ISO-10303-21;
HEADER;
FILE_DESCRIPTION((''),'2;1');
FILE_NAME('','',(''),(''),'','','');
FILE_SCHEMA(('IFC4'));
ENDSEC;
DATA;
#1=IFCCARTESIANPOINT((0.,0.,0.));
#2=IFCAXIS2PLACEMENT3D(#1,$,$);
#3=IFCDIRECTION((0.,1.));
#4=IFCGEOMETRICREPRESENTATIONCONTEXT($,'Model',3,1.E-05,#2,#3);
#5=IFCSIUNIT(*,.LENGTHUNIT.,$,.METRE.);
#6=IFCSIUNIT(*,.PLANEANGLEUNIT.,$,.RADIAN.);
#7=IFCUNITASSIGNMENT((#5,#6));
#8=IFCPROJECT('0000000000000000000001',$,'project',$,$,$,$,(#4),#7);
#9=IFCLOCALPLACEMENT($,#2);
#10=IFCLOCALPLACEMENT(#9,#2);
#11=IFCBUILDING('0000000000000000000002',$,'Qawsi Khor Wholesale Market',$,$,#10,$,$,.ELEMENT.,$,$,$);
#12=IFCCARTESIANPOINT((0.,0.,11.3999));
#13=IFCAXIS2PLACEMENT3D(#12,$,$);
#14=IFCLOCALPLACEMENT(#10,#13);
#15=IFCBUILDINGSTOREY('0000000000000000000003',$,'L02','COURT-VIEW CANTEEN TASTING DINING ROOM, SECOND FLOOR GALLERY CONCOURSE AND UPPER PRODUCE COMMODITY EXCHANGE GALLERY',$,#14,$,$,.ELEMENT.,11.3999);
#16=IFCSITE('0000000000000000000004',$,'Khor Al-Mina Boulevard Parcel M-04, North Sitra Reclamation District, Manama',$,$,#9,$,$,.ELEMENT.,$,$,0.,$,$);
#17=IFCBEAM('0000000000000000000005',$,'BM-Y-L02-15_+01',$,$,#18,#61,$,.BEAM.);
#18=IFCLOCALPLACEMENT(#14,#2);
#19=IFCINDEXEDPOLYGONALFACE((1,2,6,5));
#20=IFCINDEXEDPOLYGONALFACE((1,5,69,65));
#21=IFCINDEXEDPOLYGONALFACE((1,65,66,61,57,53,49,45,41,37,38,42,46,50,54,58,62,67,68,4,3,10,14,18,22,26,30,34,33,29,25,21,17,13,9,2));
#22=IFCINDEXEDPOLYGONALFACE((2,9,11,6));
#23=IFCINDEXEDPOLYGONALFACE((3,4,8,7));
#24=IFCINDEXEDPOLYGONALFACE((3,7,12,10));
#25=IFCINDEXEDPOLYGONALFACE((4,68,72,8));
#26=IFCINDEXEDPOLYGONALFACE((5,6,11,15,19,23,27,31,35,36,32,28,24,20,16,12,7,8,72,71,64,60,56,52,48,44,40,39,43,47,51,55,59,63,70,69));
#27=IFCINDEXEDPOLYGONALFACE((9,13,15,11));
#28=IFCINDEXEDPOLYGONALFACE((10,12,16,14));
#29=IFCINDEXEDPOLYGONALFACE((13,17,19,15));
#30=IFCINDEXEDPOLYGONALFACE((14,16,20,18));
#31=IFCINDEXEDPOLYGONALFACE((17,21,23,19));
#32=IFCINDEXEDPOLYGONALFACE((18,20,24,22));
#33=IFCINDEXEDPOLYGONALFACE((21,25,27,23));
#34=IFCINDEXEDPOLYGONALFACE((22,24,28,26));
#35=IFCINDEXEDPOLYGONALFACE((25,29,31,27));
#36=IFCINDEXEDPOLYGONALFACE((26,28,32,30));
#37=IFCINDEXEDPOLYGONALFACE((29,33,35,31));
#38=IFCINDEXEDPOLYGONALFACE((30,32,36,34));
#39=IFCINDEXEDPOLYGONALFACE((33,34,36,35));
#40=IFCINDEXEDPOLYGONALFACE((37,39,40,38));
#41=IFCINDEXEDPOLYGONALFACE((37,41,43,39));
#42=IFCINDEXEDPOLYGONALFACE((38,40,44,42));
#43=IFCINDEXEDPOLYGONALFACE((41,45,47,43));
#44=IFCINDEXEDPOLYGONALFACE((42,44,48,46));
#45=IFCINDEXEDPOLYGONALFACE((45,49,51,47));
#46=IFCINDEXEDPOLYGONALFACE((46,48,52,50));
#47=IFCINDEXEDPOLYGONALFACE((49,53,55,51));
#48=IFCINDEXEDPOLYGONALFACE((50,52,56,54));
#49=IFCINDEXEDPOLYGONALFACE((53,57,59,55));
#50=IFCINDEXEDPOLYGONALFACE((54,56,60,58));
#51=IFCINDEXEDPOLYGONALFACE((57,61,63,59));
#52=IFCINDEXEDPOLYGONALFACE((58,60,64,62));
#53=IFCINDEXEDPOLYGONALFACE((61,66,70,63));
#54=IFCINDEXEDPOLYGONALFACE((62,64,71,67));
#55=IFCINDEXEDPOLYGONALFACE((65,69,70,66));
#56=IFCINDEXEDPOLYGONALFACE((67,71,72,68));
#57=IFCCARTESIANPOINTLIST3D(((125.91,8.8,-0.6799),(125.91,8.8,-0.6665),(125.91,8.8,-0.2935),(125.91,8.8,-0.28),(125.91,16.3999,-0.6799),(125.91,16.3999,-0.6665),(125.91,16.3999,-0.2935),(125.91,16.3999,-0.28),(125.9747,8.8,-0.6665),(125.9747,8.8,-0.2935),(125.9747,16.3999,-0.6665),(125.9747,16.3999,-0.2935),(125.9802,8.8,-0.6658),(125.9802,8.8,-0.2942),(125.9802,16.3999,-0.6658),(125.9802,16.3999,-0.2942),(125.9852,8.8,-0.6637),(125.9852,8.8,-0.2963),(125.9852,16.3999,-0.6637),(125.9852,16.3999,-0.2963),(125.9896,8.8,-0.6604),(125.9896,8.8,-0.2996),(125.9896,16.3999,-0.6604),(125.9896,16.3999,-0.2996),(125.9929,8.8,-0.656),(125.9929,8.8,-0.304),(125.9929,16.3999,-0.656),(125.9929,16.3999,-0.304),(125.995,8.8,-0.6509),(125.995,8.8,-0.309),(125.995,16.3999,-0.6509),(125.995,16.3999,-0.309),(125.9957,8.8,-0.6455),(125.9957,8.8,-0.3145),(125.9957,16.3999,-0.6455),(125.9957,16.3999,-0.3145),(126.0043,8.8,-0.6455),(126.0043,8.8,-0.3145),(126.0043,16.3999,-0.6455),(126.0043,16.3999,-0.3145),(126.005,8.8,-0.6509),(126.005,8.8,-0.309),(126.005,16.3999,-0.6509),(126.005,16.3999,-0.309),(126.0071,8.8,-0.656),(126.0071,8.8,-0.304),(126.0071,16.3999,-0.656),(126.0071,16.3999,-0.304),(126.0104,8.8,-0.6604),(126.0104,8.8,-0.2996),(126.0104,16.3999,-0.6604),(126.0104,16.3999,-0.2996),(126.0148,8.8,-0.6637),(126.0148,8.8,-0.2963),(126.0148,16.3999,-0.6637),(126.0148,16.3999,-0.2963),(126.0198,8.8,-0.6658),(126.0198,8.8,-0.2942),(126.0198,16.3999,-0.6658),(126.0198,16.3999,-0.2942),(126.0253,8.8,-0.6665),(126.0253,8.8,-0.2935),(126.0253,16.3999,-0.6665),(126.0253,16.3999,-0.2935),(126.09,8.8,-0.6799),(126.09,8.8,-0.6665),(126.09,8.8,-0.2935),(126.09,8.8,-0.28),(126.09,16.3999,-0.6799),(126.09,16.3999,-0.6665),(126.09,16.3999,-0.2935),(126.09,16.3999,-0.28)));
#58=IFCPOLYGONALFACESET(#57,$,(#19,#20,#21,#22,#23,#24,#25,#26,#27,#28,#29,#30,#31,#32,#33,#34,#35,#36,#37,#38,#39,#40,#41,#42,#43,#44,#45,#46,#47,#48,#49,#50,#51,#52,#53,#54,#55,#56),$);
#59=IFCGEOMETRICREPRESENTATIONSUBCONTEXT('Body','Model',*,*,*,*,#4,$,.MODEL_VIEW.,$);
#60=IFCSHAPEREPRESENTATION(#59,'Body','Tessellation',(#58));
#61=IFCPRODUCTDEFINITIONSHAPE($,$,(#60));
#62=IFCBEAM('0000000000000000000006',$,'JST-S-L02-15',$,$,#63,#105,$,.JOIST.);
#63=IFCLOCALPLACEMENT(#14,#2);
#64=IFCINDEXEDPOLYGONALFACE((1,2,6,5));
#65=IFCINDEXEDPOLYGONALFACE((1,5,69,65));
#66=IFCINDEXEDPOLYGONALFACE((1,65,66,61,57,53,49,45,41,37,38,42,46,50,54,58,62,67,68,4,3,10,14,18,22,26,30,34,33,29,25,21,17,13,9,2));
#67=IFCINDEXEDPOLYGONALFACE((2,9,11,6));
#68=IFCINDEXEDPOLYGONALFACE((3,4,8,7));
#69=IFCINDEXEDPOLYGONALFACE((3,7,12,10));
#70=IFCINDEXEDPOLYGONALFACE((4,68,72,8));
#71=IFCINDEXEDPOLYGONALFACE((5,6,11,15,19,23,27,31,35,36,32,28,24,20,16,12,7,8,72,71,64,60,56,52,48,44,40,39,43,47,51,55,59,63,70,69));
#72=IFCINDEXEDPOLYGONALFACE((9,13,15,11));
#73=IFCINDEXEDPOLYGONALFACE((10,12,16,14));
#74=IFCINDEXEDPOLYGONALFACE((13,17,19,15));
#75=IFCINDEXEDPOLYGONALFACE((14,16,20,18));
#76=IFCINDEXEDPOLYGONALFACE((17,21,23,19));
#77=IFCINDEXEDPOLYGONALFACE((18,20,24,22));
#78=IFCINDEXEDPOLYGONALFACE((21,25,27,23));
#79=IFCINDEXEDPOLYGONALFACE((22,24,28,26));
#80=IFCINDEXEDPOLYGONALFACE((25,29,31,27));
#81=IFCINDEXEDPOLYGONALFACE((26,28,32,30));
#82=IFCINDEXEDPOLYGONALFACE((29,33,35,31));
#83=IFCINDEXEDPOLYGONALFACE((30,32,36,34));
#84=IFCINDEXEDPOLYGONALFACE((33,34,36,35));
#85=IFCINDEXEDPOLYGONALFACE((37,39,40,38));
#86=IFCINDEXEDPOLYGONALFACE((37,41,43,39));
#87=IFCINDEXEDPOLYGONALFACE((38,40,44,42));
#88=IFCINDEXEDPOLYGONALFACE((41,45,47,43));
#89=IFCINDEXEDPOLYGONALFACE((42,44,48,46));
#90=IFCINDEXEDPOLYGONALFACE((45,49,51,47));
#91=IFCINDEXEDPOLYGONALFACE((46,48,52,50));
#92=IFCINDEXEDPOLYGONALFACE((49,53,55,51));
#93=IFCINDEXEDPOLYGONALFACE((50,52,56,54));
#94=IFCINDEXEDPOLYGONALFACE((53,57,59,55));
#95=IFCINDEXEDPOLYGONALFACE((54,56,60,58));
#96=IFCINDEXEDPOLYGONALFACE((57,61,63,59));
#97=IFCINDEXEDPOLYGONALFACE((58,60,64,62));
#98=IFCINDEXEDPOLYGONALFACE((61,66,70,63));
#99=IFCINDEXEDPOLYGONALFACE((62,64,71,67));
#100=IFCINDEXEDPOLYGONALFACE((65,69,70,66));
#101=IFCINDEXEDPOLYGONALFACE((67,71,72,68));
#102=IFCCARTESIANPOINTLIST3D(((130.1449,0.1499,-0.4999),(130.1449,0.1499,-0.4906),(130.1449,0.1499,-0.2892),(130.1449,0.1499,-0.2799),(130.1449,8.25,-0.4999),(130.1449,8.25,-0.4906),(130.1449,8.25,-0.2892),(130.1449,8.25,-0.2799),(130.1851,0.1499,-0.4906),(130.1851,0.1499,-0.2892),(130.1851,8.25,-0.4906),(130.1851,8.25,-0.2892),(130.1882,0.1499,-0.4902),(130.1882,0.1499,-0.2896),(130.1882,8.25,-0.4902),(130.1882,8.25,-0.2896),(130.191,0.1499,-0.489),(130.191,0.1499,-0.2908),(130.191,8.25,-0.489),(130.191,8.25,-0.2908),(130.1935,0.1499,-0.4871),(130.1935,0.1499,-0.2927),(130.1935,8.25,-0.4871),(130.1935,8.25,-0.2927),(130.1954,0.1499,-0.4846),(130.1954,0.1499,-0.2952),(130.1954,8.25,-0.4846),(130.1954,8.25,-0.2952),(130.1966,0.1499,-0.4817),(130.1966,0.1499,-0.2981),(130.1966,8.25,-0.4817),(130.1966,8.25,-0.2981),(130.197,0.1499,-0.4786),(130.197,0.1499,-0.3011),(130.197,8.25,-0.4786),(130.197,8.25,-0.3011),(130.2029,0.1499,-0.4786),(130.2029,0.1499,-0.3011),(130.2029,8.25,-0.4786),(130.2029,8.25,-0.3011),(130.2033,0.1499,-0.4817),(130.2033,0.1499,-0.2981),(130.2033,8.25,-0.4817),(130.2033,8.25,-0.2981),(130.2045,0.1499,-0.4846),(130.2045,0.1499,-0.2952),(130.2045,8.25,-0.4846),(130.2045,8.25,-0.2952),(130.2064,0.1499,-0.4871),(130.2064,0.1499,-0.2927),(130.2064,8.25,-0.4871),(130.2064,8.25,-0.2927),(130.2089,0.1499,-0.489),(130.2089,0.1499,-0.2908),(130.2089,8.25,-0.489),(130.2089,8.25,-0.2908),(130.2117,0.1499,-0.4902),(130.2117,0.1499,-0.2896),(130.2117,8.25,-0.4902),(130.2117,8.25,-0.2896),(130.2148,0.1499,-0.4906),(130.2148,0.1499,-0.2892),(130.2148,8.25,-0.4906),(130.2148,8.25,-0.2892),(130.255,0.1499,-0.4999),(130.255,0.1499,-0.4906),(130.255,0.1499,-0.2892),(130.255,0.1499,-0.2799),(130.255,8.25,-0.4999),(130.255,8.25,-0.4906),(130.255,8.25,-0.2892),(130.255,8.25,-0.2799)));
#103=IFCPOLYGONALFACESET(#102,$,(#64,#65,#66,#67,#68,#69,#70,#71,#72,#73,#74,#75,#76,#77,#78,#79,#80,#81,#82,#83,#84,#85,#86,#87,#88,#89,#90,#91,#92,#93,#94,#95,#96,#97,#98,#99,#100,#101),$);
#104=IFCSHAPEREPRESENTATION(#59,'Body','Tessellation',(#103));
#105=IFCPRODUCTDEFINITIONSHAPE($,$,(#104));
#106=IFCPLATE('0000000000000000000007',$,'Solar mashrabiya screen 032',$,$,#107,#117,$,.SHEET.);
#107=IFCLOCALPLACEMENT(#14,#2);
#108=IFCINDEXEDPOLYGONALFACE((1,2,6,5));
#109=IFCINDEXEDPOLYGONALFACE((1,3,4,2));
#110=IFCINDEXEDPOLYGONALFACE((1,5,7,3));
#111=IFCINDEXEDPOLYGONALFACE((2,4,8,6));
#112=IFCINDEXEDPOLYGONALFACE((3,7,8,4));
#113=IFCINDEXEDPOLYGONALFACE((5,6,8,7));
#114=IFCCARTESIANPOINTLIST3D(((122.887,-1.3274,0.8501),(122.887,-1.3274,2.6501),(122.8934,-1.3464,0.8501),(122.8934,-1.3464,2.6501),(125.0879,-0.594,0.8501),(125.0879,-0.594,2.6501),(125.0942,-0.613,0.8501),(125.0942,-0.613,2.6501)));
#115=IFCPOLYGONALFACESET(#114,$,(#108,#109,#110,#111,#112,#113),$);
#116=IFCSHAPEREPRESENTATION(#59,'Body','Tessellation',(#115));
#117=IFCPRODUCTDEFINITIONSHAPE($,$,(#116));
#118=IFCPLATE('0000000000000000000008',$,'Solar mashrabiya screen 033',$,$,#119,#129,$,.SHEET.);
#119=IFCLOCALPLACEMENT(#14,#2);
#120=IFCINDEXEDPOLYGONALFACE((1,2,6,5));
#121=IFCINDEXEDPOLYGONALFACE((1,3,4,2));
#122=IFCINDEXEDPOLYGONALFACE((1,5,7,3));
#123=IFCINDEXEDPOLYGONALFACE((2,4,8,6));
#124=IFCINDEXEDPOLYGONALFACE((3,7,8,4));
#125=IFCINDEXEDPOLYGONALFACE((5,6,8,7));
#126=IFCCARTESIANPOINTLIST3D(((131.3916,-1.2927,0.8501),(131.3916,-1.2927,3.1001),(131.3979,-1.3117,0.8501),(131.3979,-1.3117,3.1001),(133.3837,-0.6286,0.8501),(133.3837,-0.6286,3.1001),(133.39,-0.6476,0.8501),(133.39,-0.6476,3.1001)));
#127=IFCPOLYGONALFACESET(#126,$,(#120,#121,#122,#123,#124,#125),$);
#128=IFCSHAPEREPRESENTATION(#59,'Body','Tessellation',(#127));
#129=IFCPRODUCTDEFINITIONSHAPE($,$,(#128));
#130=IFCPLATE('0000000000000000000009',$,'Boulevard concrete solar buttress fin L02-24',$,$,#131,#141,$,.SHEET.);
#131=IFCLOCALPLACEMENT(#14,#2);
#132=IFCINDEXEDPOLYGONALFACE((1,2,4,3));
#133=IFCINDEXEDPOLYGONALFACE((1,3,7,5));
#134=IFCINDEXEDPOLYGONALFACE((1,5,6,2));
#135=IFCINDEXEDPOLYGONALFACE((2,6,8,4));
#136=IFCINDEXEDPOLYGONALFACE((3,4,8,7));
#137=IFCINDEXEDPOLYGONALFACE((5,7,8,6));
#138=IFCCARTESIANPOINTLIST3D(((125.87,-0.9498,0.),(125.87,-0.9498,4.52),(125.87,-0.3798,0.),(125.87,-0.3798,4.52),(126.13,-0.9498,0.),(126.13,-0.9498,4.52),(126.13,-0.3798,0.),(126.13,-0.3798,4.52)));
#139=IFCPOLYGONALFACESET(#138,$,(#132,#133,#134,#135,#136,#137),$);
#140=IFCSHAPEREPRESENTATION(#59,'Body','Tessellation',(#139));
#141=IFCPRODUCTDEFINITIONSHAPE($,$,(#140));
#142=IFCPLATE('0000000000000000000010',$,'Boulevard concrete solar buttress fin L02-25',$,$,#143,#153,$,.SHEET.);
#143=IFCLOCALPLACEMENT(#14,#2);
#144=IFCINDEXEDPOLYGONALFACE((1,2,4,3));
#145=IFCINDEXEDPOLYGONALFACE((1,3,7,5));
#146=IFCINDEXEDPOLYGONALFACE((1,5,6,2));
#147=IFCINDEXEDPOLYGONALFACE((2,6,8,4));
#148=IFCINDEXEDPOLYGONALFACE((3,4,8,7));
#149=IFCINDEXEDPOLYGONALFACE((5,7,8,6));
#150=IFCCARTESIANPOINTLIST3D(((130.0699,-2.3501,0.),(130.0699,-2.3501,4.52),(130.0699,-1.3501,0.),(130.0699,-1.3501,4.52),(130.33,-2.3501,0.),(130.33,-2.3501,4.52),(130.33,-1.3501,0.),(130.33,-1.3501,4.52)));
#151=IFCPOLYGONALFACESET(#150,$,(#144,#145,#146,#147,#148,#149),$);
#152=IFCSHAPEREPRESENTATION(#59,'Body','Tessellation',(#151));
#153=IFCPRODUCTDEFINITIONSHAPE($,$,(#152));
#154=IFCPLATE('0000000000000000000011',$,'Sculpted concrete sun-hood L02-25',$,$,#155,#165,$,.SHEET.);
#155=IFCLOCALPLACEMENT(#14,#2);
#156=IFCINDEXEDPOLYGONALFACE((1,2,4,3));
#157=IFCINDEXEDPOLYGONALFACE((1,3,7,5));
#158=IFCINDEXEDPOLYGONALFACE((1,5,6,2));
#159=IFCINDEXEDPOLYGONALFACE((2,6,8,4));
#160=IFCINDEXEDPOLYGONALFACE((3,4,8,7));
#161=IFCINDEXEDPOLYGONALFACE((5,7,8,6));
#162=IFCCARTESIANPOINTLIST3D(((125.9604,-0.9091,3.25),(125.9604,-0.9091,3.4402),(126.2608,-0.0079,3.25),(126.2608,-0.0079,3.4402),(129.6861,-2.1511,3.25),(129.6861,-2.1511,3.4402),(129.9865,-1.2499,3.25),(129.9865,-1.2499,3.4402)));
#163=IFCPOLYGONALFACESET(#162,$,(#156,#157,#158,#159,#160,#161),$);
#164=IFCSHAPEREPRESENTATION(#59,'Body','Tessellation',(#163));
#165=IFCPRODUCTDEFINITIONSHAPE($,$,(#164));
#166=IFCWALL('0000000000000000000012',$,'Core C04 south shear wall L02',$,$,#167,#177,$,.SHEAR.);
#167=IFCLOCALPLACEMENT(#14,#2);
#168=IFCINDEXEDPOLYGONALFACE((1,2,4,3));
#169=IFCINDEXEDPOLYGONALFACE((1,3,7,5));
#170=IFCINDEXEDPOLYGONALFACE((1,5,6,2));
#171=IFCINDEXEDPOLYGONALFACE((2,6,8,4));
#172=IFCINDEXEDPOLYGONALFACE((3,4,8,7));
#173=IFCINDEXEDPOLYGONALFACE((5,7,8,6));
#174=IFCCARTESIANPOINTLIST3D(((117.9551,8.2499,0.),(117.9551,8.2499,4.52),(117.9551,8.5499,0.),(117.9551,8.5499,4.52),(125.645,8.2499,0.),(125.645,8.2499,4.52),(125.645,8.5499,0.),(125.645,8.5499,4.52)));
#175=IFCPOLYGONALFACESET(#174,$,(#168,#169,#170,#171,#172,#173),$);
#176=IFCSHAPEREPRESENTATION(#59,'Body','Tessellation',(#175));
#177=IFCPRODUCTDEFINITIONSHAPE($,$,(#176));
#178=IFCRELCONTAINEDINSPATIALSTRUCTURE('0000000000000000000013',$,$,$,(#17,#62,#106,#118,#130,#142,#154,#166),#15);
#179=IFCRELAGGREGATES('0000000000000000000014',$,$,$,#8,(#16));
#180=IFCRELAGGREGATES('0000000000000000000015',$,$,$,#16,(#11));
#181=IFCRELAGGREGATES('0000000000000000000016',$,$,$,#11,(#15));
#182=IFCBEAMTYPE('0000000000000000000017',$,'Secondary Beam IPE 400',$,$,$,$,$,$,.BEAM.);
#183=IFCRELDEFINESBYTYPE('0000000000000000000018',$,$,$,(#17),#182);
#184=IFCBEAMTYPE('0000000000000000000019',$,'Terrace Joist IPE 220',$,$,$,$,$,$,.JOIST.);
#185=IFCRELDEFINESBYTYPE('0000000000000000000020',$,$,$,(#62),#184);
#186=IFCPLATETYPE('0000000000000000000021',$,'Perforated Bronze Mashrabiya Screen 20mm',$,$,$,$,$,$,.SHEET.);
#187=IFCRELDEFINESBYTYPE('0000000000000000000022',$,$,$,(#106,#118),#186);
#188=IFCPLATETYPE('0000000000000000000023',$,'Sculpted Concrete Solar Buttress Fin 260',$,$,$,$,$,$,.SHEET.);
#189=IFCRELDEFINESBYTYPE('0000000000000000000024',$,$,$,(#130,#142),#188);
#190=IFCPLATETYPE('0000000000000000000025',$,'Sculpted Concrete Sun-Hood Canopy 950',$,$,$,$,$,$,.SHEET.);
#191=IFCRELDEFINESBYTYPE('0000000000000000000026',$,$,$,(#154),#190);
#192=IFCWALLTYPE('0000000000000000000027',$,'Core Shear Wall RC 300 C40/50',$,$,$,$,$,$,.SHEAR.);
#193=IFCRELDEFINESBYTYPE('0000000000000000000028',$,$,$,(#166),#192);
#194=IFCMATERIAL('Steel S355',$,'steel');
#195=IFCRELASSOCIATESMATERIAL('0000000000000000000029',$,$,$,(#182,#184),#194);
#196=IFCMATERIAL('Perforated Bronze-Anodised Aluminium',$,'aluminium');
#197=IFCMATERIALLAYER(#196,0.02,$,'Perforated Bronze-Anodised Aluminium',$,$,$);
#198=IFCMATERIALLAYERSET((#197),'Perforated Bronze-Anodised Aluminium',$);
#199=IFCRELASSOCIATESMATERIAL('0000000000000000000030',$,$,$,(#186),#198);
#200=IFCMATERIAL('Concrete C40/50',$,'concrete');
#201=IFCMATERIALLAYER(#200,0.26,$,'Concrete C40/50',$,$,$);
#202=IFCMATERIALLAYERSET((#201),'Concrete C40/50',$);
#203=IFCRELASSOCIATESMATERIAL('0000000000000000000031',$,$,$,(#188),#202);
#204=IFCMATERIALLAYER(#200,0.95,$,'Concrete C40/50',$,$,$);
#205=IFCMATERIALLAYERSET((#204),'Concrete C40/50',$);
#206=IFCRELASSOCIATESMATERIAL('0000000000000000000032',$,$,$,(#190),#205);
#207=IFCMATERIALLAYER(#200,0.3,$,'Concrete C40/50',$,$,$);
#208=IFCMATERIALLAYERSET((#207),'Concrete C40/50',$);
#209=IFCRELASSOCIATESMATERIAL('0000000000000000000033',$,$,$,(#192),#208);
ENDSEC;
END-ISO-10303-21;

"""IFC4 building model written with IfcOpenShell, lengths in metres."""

from ifc_helpers import new_model, si_unit, direction, frame, frame_2d, origin, origin_2d, place, context, subcontext, project, spatial, rectangle, i_section, extrude, material, layer, layer_set, material_profile, profile_set, type_object, element, save


model = new_model("IFC4")

# Units and contexts
model_context = context("Model", 3, precision=1e-05, world=origin(), true_north=direction((0.0, 1.0)))
body_context = subcontext(model_context, "Body", "Model", "MODEL_VIEW")
ifc_project = project(units=[si_unit("LENGTHUNIT", "METRE"), si_unit("PLANEANGLEUNIT", "RADIAN")], contexts=[model_context])

# Site, building, storey
site_placement = place(None, origin())
site = spatial("IfcSite", under=ifc_project, at=site_placement, Name="Khor Al-Mina Boulevard Parcel M-04, North Sitra Reclamation District, Manama", CompositionType="ELEMENT", RefElevation=0.0)
building_placement = place(site_placement, origin())
building = spatial("IfcBuilding", under=site, at=building_placement, Name="Qawsi Khor Wholesale Market", CompositionType="ELEMENT")
storey_placement = place(building_placement, frame((0.0, 0.0, 11.3999)))
storey = spatial("IfcBuildingStorey", under=building, at=storey_placement, Name="L02", Description="COURT-VIEW CANTEEN TASTING DINING ROOM, SECOND FLOOR GALLERY CONCOURSE AND UPPER PRODUCE COMMODITY EXCHANGE GALLERY", CompositionType="ELEMENT", Elevation=11.3999)

# Shared definitions
ifc_material_1 = material(Name="Concrete C40/50", Category="concrete")

# Beams
ifc_material_2 = material(Name="Steel S355", Category="steel")
ifc_material_profile_1 = material_profile(ifc_material_2, i_section(OverallWidth=0.1799, OverallDepth=0.3999, WebThickness=0.0085, FlangeThickness=0.0134, FilletRadius=0.021, at=origin_2d()), Name="IPE 400")
ifc_profile_set_1 = profile_set([ifc_material_profile_1], Name="Steel S355")
beam_type_1 = type_object("IfcBeamType", Name="Secondary Beam IPE 400", PredefinedType="BEAM", material=ifc_profile_set_1)
beam_1_placement = place(storey_placement, frame((126.0, 8.8, -0.48), z_axis=(0.0, 1.0, 0.0), x_axis=(-1.0, 0.0, 0.0)))
element("IfcBeam", 1, at=beam_1_placement, inside=storey, type_object=beam_type_1, Name="BM-Y-L02-15_+01", PredefinedType="BEAM", context=body_context, shape_type="SweptSolid", body=[
    extrude(i_section(OverallWidth=0.1799, OverallDepth=0.3999, WebThickness=0.0085, FlangeThickness=0.0134, FilletRadius=0.021, at=origin_2d()), origin(), (0.0, 0.0, 1.0), 7.5999),
])
ifc_material_profile_2 = material_profile(ifc_material_2, i_section(OverallWidth=0.1101, OverallDepth=0.22, WebThickness=0.0059, FlangeThickness=0.0093, FilletRadius=0.012, at=origin_2d()), Name="IPE 220")
ifc_profile_set_2 = profile_set([ifc_material_profile_2], Name="Steel S355")
beam_type_2 = type_object("IfcBeamType", Name="Terrace Joist IPE 220", PredefinedType="JOIST", material=ifc_profile_set_2)
beam_2_placement = place(storey_placement, frame((130.2, 0.1499, -0.3899), z_axis=(0.0, 1.0, 0.0), x_axis=(-1.0, 0.0, 0.0)))
element("IfcBeam", 2, at=beam_2_placement, inside=storey, type_object=beam_type_2, Name="JST-S-L02-15", PredefinedType="JOIST", context=body_context, shape_type="SweptSolid", body=[
    extrude(i_section(OverallWidth=0.1101, OverallDepth=0.22, WebThickness=0.0059, FlangeThickness=0.0093, FilletRadius=0.012, at=origin_2d()), origin(), (0.0, 0.0, 1.0), 8.1001),
])

# Plates
ifc_material_3 = material(Name="Perforated Bronze-Anodised Aluminium", Category="aluminium")
ifc_layer_1 = layer(ifc_material_3, 0.02, Name="Perforated Bronze-Anodised Aluminium")
ifc_layer_set_1 = layer_set([ifc_layer_1], Name="Perforated Bronze-Anodised Aluminium")
plate_type_1 = type_object("IfcPlateType", Name="Perforated Bronze Mashrabiya Screen 20mm", PredefinedType="SHEET", material=ifc_layer_set_1)
plate_1_placement = place(storey_placement, frame((125.0911, -0.6035, 0.8501), z_axis=(0.0, 0.0, 1.0), x_axis=(-0.948715, -0.316133, 0.0)))
element("IfcPlate", 3, at=plate_1_placement, inside=storey, type_object=plate_type_1, Name="Solar mashrabiya screen 032", PredefinedType="SHEET", context=body_context, shape_type="SweptSolid", body=[
    extrude(rectangle(XDim=2.3198, YDim=0.02, at=frame_2d((1.1599, 0.0))), origin(), (0.0, 0.0, 1.0), 1.8),
])
plate_2_placement = place(storey_placement, frame((133.3867, -0.6382, 0.8501), z_axis=(0.0, 0.0, 1.0), x_axis=(-0.948683, -0.316228, 0.0)))
element("IfcPlate", 4, at=plate_2_placement, inside=storey, type_object=plate_type_1, Name="Solar mashrabiya screen 033", PredefinedType="SHEET", context=body_context, shape_type="SweptSolid", body=[
    extrude(rectangle(XDim=2.0999, YDim=0.02, at=frame_2d((1.0498, 0.0))), origin(), (0.0, 0.0, 1.0), 2.25),
])
ifc_layer_2 = layer(ifc_material_1, 0.26, Name="Concrete C40/50")
ifc_layer_set_2 = layer_set([ifc_layer_2], Name="Concrete C40/50")
plate_type_2 = type_object("IfcPlateType", Name="Sculpted Concrete Solar Buttress Fin 260", PredefinedType="SHEET", material=ifc_layer_set_2)
plate_3_placement = place(storey_placement, frame((126.0, -0.95, 0.0), z_axis=(0.0, 0.0, 1.0), x_axis=(0.0, 1.0, 0.0)))
element("IfcPlate", 5, at=plate_3_placement, inside=storey, type_object=plate_type_2, Name="Boulevard concrete solar buttress fin L02-24", PredefinedType="SHEET", context=body_context, shape_type="SweptSolid", body=[
    extrude(rectangle(XDim=0.5701, YDim=0.26, at=frame_2d((0.2852, 0.0))), origin(), (0.0, 0.0, 1.0), 4.52),
])
plate_4_placement = place(storey_placement, frame((130.2, -2.3501, 0.0), z_axis=(0.0, 0.0, 1.0), x_axis=(0.0, 1.0, 0.0)))
element("IfcPlate", 6, at=plate_4_placement, inside=storey, type_object=plate_type_2, Name="Boulevard concrete solar buttress fin L02-25", PredefinedType="SHEET", context=body_context, shape_type="SweptSolid", body=[
    extrude(rectangle(XDim=1.0, YDim=0.26, at=frame_2d((0.5, 0.0))), origin(), (0.0, 0.0, 1.0), 4.52),
])
ifc_layer_3 = layer(ifc_material_1, 0.95, Name="Concrete C40/50")
ifc_layer_set_3 = layer_set([ifc_layer_3], Name="Concrete C40/50")
plate_type_3 = type_object("IfcPlateType", Name="Sculpted Concrete Sun-Hood Canopy 950", PredefinedType="SHEET", material=ifc_layer_set_3)
plate_5_placement = place(storey_placement, frame((126.1106, -0.4585, 3.25), z_axis=(0.0, 0.0, 1.0), x_axis=(0.948677, -0.316246, 0.0)))
element("IfcPlate", 7, at=plate_5_placement, inside=storey, type_object=plate_type_3, Name="Sculpted concrete sun-hood L02-25", PredefinedType="SHEET", context=body_context, shape_type="SweptSolid", body=[
    extrude(rectangle(XDim=3.9272, YDim=0.95, at=frame_2d((1.9636, 0.0))), origin(), (0.0, 0.0, 1.0), 0.1902),
])

# Wall
ifc_layer_4 = layer(ifc_material_1, 0.3, Name="Concrete C40/50")
ifc_layer_set_4 = layer_set([ifc_layer_4], Name="Concrete C40/50")
wall_type_1 = type_object("IfcWallType", Name="Core Shear Wall RC 300 C40/50", PredefinedType="SHEAR", material=ifc_layer_set_4)
wall_1_placement = place(storey_placement, frame((125.645, 8.3999, 0.0), z_axis=(0.0, 0.0, 1.0), x_axis=(-1.0, 0.0, 0.0)))
element("IfcWall", 8, at=wall_1_placement, inside=storey, type_object=wall_type_1, Name="Core C04 south shear wall L02", PredefinedType="SHEAR", context=body_context, shape_type="SweptSolid", body=[
    extrude(rectangle(XDim=7.6899, YDim=0.3, at=frame_2d((3.845, 0.0))), origin(), (0.0, 0.0, 1.0), 4.52),
])

save(model, "model.ifc")
